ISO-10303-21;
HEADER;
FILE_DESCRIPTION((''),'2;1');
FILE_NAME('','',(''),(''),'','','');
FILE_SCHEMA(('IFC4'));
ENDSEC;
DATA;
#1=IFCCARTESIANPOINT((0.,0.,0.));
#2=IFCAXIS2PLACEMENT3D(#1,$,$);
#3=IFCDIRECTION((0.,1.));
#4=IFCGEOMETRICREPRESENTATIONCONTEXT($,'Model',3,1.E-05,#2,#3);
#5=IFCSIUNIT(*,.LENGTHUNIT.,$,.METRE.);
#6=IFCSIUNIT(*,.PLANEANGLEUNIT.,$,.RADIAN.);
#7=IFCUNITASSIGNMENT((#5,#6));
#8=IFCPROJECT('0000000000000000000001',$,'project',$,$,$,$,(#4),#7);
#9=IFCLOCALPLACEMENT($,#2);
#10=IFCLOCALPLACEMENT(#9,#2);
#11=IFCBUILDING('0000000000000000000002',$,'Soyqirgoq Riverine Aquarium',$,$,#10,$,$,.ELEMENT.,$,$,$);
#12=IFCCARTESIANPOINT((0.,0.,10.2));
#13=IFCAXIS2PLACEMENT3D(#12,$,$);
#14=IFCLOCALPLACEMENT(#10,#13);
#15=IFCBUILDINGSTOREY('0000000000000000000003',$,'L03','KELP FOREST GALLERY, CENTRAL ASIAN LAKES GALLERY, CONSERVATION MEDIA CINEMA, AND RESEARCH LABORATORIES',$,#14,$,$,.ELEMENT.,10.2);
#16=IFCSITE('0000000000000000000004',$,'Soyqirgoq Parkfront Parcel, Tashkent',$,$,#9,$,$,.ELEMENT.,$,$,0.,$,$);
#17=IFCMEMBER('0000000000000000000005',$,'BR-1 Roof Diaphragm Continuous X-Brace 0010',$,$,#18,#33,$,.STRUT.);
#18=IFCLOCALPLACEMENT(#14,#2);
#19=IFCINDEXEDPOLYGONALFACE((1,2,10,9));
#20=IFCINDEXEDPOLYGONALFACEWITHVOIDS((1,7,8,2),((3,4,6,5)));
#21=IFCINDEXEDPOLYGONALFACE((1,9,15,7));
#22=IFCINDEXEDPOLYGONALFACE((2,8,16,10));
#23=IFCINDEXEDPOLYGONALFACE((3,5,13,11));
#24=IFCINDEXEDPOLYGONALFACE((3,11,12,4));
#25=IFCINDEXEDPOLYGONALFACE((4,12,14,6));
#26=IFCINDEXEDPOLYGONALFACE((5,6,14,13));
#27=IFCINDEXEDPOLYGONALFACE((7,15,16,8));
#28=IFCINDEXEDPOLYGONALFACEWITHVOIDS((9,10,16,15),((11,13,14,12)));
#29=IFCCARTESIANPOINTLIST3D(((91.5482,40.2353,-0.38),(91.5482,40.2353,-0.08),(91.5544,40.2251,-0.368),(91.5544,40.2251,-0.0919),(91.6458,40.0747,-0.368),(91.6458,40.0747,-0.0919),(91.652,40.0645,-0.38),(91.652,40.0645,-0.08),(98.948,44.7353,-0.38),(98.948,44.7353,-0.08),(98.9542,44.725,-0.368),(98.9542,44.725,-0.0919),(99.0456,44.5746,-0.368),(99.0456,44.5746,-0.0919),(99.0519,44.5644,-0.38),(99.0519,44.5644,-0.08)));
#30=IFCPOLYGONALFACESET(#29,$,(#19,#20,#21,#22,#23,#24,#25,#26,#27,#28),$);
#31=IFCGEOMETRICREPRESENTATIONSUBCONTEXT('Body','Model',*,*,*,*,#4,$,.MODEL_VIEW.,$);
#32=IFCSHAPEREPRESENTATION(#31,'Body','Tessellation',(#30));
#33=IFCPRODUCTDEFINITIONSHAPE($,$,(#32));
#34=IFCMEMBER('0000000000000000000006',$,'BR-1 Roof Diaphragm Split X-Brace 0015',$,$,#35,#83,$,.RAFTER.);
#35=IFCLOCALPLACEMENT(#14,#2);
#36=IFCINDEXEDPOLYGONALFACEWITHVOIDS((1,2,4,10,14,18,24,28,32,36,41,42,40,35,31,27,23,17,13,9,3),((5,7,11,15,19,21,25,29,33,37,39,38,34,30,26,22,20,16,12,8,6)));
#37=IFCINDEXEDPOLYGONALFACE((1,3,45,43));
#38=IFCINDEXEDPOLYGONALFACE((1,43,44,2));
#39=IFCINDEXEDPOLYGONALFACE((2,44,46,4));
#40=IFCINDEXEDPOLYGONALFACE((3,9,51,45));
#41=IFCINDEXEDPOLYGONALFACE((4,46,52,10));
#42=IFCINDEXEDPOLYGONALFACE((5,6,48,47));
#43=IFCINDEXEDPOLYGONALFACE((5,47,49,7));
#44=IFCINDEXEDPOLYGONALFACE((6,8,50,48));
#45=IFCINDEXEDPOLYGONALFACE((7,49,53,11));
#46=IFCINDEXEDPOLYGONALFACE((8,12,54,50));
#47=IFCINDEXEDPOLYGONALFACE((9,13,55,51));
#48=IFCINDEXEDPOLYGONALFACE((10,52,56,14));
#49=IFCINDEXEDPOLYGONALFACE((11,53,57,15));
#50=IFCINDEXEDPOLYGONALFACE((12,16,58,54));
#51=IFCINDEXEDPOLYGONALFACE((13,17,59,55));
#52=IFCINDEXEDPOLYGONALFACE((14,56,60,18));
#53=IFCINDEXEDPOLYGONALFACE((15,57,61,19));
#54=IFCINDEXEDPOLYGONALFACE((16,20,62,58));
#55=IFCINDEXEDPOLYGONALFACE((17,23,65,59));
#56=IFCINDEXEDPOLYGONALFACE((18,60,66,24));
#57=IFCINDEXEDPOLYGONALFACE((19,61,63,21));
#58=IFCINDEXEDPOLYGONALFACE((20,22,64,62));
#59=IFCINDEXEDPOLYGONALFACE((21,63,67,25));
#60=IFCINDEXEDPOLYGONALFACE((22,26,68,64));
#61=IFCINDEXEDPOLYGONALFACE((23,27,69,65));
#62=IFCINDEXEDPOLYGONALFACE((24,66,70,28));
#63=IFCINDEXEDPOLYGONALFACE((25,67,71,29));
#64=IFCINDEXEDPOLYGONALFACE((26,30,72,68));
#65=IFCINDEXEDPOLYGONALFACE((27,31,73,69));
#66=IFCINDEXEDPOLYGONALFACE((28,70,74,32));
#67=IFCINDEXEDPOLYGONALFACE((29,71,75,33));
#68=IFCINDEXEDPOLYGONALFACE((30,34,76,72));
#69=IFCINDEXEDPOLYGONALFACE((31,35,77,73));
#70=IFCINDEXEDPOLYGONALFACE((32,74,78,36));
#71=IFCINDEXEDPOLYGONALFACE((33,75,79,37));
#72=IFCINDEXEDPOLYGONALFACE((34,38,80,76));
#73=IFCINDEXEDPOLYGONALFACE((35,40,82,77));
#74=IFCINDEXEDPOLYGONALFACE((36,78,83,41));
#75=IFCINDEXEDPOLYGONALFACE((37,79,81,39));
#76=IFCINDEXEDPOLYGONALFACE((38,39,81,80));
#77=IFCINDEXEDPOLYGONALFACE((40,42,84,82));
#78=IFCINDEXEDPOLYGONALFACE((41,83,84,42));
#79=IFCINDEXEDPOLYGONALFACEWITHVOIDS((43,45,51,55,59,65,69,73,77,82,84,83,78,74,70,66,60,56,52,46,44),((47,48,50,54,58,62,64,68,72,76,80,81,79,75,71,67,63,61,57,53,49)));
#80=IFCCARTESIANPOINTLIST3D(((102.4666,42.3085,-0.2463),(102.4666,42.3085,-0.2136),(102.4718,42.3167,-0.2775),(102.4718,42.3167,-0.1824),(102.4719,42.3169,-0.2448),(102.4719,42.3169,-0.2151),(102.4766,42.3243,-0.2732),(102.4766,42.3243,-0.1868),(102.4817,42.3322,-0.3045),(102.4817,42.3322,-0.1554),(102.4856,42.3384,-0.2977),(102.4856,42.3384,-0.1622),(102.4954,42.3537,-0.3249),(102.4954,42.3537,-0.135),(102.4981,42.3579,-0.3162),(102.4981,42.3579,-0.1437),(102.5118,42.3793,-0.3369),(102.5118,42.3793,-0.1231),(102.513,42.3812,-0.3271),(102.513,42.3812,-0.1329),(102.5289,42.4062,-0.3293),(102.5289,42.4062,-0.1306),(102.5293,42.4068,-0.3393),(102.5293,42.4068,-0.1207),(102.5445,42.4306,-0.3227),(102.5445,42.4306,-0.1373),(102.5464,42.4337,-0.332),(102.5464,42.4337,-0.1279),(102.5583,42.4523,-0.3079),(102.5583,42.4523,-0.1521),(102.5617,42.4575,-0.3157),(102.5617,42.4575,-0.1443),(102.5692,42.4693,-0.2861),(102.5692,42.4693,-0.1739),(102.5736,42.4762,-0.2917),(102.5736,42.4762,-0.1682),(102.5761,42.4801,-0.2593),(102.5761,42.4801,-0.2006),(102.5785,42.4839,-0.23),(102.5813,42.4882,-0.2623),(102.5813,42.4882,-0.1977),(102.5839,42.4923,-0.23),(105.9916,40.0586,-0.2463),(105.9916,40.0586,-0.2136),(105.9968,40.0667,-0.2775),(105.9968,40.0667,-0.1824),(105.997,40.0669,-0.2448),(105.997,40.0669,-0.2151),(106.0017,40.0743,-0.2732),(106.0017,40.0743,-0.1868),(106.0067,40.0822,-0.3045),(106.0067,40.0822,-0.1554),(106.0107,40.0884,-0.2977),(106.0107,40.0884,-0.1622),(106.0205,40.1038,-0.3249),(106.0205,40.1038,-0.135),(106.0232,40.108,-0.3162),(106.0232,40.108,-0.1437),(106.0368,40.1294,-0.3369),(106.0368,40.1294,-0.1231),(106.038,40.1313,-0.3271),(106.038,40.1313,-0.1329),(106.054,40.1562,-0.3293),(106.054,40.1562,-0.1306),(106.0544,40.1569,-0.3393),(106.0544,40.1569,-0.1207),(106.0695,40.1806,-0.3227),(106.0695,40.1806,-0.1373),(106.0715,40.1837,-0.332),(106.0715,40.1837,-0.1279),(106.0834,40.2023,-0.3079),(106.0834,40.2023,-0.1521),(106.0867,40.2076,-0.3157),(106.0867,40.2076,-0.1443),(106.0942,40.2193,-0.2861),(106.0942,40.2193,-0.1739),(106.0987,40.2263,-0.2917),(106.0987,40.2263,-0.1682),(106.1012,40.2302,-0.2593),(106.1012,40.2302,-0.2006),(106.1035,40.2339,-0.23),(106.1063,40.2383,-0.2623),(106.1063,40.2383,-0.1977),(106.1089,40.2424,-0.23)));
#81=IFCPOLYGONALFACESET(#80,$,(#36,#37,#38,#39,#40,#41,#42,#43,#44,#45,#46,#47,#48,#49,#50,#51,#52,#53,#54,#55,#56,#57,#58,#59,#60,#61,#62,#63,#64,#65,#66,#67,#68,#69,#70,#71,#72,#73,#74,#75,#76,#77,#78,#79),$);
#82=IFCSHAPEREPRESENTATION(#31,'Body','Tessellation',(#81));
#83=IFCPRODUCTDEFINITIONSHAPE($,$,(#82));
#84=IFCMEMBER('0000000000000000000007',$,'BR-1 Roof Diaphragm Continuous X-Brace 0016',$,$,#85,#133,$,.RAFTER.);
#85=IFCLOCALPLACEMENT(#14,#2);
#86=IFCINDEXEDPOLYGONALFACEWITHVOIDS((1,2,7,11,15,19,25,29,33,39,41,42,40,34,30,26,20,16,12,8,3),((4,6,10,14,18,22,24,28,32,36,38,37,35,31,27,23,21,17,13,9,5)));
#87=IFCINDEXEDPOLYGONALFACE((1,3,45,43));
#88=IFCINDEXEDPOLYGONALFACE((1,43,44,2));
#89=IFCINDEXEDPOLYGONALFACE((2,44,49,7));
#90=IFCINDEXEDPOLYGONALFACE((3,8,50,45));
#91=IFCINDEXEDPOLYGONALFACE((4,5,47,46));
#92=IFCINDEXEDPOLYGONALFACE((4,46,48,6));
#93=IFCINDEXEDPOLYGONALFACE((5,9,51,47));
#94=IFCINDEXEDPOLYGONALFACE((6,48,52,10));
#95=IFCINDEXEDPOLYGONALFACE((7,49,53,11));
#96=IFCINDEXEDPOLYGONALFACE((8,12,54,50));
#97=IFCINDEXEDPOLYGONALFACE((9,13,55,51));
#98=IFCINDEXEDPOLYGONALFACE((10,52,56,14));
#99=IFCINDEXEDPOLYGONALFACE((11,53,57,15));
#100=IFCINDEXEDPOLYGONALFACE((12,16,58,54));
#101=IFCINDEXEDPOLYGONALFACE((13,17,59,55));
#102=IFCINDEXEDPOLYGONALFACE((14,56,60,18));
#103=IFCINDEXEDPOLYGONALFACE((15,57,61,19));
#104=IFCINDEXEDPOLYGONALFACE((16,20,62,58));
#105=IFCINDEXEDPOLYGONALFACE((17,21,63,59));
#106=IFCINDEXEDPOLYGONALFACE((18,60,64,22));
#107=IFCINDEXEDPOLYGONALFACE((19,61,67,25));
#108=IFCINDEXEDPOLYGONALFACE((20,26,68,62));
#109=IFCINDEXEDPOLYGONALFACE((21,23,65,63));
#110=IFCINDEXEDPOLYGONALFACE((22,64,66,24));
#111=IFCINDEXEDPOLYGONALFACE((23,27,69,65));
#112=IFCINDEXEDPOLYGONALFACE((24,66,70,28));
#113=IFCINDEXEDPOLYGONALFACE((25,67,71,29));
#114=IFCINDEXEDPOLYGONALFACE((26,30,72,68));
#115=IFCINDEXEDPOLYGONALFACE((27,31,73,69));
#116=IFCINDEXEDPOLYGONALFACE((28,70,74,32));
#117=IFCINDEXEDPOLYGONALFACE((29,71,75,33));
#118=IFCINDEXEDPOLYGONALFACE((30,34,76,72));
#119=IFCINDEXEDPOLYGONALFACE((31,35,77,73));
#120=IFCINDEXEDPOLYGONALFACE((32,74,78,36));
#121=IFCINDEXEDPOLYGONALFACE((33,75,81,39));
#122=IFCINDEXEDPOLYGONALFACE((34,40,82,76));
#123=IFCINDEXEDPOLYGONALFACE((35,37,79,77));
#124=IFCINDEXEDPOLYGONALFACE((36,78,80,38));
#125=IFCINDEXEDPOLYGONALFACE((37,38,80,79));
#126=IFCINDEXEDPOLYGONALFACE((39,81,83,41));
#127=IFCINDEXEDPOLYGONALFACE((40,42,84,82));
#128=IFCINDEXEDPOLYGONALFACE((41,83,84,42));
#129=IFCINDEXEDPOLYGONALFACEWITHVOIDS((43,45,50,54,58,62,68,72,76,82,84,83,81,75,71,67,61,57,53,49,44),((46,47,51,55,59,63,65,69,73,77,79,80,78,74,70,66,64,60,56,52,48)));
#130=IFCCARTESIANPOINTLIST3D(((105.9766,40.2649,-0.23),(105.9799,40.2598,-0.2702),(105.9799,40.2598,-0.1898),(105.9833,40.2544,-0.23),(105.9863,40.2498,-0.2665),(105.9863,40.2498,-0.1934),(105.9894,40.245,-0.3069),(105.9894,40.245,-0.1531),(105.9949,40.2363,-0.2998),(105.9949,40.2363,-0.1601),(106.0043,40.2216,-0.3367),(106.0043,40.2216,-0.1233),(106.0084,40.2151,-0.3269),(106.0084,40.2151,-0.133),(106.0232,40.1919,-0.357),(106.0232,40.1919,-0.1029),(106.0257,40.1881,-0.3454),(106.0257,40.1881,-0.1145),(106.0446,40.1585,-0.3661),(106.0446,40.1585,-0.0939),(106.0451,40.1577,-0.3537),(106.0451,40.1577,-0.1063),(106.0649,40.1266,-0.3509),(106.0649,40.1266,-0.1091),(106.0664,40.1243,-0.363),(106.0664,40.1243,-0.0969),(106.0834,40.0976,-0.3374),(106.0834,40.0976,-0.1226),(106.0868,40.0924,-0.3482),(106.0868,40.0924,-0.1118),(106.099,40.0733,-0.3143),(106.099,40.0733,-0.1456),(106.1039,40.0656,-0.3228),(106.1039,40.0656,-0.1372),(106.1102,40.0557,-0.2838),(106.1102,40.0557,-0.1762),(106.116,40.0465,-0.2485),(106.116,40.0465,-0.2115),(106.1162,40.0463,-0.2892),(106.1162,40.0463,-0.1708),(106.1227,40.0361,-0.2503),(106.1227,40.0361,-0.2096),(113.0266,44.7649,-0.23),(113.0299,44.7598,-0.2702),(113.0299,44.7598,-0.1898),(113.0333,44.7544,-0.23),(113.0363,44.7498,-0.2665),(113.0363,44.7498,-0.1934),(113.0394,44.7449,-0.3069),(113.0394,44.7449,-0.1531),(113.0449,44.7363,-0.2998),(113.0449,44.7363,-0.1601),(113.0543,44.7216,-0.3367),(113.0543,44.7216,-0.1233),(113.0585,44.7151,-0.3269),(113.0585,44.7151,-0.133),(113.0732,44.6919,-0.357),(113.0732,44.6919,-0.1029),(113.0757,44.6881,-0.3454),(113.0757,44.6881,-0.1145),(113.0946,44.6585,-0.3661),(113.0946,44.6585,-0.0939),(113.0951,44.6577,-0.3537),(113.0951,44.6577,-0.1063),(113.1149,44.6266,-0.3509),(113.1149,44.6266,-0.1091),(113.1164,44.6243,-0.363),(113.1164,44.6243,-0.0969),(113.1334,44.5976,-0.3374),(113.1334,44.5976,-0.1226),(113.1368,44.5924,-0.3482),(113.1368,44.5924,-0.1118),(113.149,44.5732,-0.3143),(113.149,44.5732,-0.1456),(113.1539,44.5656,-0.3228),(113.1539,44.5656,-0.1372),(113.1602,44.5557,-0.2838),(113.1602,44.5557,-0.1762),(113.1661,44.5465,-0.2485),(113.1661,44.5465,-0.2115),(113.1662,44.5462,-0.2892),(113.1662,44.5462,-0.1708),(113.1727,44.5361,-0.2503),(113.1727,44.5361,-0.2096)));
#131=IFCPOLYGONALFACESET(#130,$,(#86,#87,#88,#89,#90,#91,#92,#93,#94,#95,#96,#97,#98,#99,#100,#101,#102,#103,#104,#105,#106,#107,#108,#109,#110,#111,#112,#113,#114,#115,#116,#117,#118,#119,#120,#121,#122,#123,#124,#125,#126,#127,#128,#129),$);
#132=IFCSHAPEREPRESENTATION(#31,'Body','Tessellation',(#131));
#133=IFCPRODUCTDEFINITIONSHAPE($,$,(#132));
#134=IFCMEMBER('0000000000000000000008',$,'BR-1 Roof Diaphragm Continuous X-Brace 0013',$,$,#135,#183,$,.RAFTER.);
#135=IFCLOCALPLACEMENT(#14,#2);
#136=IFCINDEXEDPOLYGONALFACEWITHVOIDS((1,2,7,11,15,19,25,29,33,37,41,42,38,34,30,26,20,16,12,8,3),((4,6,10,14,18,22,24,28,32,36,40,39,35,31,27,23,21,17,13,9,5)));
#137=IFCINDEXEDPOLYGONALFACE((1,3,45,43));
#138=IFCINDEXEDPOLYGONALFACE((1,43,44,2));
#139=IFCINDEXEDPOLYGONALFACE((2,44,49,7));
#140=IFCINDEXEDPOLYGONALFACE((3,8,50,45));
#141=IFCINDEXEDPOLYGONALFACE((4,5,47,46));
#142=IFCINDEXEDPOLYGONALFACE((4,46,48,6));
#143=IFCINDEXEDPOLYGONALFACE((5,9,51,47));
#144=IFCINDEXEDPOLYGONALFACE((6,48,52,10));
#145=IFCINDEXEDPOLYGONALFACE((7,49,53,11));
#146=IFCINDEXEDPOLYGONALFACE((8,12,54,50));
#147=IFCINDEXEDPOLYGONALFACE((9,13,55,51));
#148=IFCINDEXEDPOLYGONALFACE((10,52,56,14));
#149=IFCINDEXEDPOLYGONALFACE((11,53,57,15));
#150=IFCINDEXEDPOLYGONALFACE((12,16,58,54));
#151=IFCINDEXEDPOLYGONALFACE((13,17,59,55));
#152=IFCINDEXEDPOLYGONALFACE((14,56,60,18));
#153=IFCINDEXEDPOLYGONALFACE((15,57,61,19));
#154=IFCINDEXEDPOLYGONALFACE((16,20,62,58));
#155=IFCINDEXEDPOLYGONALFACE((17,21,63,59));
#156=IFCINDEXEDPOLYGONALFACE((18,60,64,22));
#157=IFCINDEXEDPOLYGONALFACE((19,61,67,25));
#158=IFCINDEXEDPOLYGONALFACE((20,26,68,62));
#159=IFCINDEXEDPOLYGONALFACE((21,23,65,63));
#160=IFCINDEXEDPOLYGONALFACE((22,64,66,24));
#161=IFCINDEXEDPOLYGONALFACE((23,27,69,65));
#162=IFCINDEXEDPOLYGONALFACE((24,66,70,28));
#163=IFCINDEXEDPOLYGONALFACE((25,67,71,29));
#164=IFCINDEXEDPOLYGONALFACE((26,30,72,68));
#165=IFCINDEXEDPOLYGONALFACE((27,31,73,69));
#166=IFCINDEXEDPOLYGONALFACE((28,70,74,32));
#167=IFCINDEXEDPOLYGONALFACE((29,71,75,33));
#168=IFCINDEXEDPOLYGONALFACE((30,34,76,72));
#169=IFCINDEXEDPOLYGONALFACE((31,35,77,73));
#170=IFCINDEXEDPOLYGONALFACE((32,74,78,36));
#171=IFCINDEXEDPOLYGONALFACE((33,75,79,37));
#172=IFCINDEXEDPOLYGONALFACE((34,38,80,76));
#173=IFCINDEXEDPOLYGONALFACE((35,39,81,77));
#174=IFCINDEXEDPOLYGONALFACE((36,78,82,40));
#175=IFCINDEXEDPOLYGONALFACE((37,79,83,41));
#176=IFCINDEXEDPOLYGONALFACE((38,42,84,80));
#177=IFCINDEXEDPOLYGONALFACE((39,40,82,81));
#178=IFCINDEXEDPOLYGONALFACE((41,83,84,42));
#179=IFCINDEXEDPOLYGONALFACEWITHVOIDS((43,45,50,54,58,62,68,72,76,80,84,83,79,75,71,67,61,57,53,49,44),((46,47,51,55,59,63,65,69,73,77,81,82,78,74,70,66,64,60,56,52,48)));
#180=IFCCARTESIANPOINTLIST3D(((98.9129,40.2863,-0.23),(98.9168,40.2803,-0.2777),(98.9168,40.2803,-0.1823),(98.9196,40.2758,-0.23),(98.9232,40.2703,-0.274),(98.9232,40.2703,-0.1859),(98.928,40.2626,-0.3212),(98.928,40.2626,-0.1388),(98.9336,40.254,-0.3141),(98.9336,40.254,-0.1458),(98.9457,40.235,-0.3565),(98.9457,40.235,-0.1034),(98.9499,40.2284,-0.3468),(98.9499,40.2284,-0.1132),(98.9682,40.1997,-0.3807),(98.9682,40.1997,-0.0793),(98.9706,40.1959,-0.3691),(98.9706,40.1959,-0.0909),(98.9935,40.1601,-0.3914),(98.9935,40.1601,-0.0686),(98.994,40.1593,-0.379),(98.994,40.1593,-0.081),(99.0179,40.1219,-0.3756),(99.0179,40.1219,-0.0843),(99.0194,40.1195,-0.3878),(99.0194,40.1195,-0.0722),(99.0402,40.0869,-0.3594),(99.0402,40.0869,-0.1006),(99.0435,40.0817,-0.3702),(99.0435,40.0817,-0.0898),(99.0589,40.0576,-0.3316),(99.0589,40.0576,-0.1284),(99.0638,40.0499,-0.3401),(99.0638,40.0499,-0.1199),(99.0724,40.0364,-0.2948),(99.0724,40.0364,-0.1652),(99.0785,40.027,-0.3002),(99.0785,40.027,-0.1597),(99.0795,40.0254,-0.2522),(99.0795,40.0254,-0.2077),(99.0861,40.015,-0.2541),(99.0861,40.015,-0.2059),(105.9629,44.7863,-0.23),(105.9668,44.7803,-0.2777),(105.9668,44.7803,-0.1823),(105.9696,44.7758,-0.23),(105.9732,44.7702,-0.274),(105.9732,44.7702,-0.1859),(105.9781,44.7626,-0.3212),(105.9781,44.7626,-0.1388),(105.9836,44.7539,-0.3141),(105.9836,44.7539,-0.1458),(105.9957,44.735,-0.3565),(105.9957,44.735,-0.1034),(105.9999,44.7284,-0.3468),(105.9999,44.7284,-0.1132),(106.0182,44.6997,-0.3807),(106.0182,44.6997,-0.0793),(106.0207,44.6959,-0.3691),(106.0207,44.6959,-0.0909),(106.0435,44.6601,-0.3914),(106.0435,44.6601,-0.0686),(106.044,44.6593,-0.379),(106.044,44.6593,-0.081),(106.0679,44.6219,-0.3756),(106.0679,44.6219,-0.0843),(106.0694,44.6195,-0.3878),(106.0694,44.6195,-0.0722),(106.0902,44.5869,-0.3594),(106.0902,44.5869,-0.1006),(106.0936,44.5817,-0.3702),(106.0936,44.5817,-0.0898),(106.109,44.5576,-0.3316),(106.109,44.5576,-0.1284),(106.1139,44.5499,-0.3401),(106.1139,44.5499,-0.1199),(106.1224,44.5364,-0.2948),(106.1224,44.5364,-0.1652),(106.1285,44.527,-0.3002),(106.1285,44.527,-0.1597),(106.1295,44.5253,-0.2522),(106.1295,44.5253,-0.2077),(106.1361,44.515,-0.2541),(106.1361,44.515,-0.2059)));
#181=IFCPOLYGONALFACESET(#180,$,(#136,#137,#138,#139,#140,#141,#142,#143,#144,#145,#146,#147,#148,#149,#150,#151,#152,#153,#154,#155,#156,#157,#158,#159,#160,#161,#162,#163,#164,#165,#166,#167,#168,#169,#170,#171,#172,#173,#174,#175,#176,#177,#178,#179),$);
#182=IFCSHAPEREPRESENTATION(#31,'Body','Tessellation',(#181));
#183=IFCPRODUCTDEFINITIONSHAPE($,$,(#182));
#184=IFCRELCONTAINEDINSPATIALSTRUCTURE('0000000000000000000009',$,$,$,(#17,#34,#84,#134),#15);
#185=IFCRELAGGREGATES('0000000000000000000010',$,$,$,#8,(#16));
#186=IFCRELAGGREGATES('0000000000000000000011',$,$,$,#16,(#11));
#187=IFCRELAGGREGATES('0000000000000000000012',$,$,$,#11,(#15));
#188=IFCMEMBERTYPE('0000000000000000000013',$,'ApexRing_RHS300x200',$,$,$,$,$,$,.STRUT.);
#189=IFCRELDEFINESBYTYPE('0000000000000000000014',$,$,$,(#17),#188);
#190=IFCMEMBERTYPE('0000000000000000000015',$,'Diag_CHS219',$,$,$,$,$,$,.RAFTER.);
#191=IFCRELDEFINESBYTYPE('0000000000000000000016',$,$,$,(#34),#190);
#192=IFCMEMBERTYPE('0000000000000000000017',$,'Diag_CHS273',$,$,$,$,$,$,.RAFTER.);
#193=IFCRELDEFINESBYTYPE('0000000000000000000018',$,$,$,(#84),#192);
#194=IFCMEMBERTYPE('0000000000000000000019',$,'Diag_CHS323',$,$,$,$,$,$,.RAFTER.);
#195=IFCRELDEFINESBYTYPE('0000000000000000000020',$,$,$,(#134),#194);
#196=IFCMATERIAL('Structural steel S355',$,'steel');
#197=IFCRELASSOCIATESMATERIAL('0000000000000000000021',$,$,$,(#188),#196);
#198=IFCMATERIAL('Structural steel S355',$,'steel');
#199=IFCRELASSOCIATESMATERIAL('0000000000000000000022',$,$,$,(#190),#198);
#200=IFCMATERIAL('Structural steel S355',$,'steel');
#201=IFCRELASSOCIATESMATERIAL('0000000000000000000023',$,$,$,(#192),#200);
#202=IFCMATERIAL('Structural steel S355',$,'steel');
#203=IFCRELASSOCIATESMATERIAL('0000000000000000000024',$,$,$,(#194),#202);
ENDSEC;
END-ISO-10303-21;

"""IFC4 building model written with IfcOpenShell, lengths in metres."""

from ifc_helpers import new_model, si_unit, direction, frame, origin, origin_2d, place, context, subcontext, project, spatial, hollow_rectangle, hollow_circle, extrude, material, material_profile, profile_set, type_object, element, save


model = new_model("IFC4")

# Units and contexts
model_context = context("Model", 3, precision=1e-05, world=origin(), true_north=direction((0.0, 1.0)))
body_context = subcontext(model_context, "Body", "Model", "MODEL_VIEW")
ifc_project = project(units=[si_unit("LENGTHUNIT", "METRE"), si_unit("PLANEANGLEUNIT", "RADIAN")], contexts=[model_context])

# Site, building, storey
site_placement = place(None, origin())
site = spatial("IfcSite", under=ifc_project, at=site_placement, Name="Soyqirgoq Parkfront Parcel, Tashkent", CompositionType="ELEMENT", RefElevation=0.0)
building_placement = place(site_placement, origin())
building = spatial("IfcBuilding", under=site, at=building_placement, Name="Soyqirgoq Riverine Aquarium", CompositionType="ELEMENT")
storey_placement = place(building_placement, frame((0.0, 0.0, 10.2)))
storey = spatial("IfcBuildingStorey", under=building, at=storey_placement, Name="L03", Description="KELP FOREST GALLERY, CENTRAL ASIAN LAKES GALLERY, CONSERVATION MEDIA CINEMA, AND RESEARCH LABORATORIES", CompositionType="ELEMENT", Elevation=10.2)

# Members
ifc_material_1 = material(Name="Structural steel S355", Category="steel")
ifc_material_profile_1 = material_profile(ifc_material_1, hollow_rectangle(XDim=0.2, YDim=0.3, WallThickness=0.012, at=origin_2d()), Name="RHS 300x200x12")
ifc_profile_set_1 = profile_set([ifc_material_profile_1], Name="Structural steel S355")
member_type_1 = type_object("IfcMemberType", Name="ApexRing_RHS300x200", PredefinedType="STRUT", material=ifc_profile_set_1)
member_1_placement = place(storey_placement, frame((91.6001, 40.1499, -0.23), z_axis=(0.854418, 0.519586, 0.0), x_axis=(-0.519586, 0.854418, 0.0)))
element("IfcMember", 1, at=member_1_placement, inside=storey, type_object=member_type_1, Name="BR-1 Roof Diaphragm Continuous X-Brace 0010", PredefinedType="STRUT", context=body_context, shape_type="SweptSolid", body=[
    extrude(hollow_rectangle(XDim=0.2, YDim=0.3, WallThickness=0.012, at=origin_2d()), origin(), (0.0, 0.0, 1.0), 8.6606),
])
ifc_material_2 = material(Name="Structural steel S355", Category="steel")
ifc_material_profile_2 = material_profile(ifc_material_2, hollow_circle(Radius=0.1096, WallThickness=0.01, at=origin_2d()), Name="CHS 219.1x10")
ifc_profile_set_2 = profile_set([ifc_material_profile_2], Name="Structural steel S355")
member_type_2 = type_object("IfcMemberType", Name="Diag_CHS219", PredefinedType="RAFTER", material=ifc_profile_set_2)
member_2_placement = place(storey_placement, frame((102.5249, 42.3999, -0.23), z_axis=(0.842932, -0.53802, 0.0), x_axis=(0.53802, 0.842932, 0.0)))
element("IfcMember", 2, at=member_2_placement, inside=storey, type_object=member_type_2, Name="BR-1 Roof Diaphragm Split X-Brace 0015", PredefinedType="RAFTER", context=body_context, shape_type="SweptSolid", body=[
    extrude(hollow_circle(Radius=0.1096, WallThickness=0.01, at=origin_2d()), origin(), (0.0, 0.0, 1.0), 4.1819),
])
ifc_material_3 = material(Name="Structural steel S355", Category="steel")
ifc_material_profile_3 = material_profile(ifc_material_3, hollow_circle(Radius=0.1365, WallThickness=0.0125, at=origin_2d()), Name="CHS 273x12.5")
ifc_profile_set_3 = profile_set([ifc_material_profile_3], Name="Structural steel S355")
member_type_3 = type_object("IfcMemberType", Name="Diag_CHS273", PredefinedType="RAFTER", material=ifc_profile_set_3)
member_3_placement = place(storey_placement, frame((106.05, 40.1499, -0.23), z_axis=(0.842924, 0.538033, 0.0), x_axis=(-0.538033, 0.842924, 0.0)))
element("IfcMember", 3, at=member_3_placement, inside=storey, type_object=member_type_3, Name="BR-1 Roof Diaphragm Continuous X-Brace 0016", PredefinedType="RAFTER", context=body_context, shape_type="SweptSolid", body=[
    extrude(hollow_circle(Radius=0.1365, WallThickness=0.0125, at=origin_2d()), origin(), (0.0, 0.0, 1.0), 8.3638),
])
ifc_material_4 = material(Name="Structural steel S355", Category="steel")
ifc_material_profile_4 = material_profile(ifc_material_4, hollow_circle(Radius=0.1619, WallThickness=0.0125, at=origin_2d()), Name="CHS 323.9x12.5")
ifc_profile_set_4 = profile_set([ifc_material_profile_4], Name="Structural steel S355")
member_type_4 = type_object("IfcMemberType", Name="Diag_CHS323", PredefinedType="RAFTER", material=ifc_profile_set_4)
member_4_placement = place(storey_placement, frame((99.0, 40.1499, -0.23), z_axis=(0.842924, 0.538033, 0.0), x_axis=(-0.538033, 0.842924, 0.0)))
element("IfcMember", 4, at=member_4_placement, inside=storey, type_object=member_type_4, Name="BR-1 Roof Diaphragm Continuous X-Brace 0013", PredefinedType="RAFTER", context=body_context, shape_type="SweptSolid", body=[
    extrude(hollow_circle(Radius=0.1619, WallThickness=0.0125, at=origin_2d()), origin(), (0.0, 0.0, 1.0), 8.3638),
])

save(model, "model.ifc")
